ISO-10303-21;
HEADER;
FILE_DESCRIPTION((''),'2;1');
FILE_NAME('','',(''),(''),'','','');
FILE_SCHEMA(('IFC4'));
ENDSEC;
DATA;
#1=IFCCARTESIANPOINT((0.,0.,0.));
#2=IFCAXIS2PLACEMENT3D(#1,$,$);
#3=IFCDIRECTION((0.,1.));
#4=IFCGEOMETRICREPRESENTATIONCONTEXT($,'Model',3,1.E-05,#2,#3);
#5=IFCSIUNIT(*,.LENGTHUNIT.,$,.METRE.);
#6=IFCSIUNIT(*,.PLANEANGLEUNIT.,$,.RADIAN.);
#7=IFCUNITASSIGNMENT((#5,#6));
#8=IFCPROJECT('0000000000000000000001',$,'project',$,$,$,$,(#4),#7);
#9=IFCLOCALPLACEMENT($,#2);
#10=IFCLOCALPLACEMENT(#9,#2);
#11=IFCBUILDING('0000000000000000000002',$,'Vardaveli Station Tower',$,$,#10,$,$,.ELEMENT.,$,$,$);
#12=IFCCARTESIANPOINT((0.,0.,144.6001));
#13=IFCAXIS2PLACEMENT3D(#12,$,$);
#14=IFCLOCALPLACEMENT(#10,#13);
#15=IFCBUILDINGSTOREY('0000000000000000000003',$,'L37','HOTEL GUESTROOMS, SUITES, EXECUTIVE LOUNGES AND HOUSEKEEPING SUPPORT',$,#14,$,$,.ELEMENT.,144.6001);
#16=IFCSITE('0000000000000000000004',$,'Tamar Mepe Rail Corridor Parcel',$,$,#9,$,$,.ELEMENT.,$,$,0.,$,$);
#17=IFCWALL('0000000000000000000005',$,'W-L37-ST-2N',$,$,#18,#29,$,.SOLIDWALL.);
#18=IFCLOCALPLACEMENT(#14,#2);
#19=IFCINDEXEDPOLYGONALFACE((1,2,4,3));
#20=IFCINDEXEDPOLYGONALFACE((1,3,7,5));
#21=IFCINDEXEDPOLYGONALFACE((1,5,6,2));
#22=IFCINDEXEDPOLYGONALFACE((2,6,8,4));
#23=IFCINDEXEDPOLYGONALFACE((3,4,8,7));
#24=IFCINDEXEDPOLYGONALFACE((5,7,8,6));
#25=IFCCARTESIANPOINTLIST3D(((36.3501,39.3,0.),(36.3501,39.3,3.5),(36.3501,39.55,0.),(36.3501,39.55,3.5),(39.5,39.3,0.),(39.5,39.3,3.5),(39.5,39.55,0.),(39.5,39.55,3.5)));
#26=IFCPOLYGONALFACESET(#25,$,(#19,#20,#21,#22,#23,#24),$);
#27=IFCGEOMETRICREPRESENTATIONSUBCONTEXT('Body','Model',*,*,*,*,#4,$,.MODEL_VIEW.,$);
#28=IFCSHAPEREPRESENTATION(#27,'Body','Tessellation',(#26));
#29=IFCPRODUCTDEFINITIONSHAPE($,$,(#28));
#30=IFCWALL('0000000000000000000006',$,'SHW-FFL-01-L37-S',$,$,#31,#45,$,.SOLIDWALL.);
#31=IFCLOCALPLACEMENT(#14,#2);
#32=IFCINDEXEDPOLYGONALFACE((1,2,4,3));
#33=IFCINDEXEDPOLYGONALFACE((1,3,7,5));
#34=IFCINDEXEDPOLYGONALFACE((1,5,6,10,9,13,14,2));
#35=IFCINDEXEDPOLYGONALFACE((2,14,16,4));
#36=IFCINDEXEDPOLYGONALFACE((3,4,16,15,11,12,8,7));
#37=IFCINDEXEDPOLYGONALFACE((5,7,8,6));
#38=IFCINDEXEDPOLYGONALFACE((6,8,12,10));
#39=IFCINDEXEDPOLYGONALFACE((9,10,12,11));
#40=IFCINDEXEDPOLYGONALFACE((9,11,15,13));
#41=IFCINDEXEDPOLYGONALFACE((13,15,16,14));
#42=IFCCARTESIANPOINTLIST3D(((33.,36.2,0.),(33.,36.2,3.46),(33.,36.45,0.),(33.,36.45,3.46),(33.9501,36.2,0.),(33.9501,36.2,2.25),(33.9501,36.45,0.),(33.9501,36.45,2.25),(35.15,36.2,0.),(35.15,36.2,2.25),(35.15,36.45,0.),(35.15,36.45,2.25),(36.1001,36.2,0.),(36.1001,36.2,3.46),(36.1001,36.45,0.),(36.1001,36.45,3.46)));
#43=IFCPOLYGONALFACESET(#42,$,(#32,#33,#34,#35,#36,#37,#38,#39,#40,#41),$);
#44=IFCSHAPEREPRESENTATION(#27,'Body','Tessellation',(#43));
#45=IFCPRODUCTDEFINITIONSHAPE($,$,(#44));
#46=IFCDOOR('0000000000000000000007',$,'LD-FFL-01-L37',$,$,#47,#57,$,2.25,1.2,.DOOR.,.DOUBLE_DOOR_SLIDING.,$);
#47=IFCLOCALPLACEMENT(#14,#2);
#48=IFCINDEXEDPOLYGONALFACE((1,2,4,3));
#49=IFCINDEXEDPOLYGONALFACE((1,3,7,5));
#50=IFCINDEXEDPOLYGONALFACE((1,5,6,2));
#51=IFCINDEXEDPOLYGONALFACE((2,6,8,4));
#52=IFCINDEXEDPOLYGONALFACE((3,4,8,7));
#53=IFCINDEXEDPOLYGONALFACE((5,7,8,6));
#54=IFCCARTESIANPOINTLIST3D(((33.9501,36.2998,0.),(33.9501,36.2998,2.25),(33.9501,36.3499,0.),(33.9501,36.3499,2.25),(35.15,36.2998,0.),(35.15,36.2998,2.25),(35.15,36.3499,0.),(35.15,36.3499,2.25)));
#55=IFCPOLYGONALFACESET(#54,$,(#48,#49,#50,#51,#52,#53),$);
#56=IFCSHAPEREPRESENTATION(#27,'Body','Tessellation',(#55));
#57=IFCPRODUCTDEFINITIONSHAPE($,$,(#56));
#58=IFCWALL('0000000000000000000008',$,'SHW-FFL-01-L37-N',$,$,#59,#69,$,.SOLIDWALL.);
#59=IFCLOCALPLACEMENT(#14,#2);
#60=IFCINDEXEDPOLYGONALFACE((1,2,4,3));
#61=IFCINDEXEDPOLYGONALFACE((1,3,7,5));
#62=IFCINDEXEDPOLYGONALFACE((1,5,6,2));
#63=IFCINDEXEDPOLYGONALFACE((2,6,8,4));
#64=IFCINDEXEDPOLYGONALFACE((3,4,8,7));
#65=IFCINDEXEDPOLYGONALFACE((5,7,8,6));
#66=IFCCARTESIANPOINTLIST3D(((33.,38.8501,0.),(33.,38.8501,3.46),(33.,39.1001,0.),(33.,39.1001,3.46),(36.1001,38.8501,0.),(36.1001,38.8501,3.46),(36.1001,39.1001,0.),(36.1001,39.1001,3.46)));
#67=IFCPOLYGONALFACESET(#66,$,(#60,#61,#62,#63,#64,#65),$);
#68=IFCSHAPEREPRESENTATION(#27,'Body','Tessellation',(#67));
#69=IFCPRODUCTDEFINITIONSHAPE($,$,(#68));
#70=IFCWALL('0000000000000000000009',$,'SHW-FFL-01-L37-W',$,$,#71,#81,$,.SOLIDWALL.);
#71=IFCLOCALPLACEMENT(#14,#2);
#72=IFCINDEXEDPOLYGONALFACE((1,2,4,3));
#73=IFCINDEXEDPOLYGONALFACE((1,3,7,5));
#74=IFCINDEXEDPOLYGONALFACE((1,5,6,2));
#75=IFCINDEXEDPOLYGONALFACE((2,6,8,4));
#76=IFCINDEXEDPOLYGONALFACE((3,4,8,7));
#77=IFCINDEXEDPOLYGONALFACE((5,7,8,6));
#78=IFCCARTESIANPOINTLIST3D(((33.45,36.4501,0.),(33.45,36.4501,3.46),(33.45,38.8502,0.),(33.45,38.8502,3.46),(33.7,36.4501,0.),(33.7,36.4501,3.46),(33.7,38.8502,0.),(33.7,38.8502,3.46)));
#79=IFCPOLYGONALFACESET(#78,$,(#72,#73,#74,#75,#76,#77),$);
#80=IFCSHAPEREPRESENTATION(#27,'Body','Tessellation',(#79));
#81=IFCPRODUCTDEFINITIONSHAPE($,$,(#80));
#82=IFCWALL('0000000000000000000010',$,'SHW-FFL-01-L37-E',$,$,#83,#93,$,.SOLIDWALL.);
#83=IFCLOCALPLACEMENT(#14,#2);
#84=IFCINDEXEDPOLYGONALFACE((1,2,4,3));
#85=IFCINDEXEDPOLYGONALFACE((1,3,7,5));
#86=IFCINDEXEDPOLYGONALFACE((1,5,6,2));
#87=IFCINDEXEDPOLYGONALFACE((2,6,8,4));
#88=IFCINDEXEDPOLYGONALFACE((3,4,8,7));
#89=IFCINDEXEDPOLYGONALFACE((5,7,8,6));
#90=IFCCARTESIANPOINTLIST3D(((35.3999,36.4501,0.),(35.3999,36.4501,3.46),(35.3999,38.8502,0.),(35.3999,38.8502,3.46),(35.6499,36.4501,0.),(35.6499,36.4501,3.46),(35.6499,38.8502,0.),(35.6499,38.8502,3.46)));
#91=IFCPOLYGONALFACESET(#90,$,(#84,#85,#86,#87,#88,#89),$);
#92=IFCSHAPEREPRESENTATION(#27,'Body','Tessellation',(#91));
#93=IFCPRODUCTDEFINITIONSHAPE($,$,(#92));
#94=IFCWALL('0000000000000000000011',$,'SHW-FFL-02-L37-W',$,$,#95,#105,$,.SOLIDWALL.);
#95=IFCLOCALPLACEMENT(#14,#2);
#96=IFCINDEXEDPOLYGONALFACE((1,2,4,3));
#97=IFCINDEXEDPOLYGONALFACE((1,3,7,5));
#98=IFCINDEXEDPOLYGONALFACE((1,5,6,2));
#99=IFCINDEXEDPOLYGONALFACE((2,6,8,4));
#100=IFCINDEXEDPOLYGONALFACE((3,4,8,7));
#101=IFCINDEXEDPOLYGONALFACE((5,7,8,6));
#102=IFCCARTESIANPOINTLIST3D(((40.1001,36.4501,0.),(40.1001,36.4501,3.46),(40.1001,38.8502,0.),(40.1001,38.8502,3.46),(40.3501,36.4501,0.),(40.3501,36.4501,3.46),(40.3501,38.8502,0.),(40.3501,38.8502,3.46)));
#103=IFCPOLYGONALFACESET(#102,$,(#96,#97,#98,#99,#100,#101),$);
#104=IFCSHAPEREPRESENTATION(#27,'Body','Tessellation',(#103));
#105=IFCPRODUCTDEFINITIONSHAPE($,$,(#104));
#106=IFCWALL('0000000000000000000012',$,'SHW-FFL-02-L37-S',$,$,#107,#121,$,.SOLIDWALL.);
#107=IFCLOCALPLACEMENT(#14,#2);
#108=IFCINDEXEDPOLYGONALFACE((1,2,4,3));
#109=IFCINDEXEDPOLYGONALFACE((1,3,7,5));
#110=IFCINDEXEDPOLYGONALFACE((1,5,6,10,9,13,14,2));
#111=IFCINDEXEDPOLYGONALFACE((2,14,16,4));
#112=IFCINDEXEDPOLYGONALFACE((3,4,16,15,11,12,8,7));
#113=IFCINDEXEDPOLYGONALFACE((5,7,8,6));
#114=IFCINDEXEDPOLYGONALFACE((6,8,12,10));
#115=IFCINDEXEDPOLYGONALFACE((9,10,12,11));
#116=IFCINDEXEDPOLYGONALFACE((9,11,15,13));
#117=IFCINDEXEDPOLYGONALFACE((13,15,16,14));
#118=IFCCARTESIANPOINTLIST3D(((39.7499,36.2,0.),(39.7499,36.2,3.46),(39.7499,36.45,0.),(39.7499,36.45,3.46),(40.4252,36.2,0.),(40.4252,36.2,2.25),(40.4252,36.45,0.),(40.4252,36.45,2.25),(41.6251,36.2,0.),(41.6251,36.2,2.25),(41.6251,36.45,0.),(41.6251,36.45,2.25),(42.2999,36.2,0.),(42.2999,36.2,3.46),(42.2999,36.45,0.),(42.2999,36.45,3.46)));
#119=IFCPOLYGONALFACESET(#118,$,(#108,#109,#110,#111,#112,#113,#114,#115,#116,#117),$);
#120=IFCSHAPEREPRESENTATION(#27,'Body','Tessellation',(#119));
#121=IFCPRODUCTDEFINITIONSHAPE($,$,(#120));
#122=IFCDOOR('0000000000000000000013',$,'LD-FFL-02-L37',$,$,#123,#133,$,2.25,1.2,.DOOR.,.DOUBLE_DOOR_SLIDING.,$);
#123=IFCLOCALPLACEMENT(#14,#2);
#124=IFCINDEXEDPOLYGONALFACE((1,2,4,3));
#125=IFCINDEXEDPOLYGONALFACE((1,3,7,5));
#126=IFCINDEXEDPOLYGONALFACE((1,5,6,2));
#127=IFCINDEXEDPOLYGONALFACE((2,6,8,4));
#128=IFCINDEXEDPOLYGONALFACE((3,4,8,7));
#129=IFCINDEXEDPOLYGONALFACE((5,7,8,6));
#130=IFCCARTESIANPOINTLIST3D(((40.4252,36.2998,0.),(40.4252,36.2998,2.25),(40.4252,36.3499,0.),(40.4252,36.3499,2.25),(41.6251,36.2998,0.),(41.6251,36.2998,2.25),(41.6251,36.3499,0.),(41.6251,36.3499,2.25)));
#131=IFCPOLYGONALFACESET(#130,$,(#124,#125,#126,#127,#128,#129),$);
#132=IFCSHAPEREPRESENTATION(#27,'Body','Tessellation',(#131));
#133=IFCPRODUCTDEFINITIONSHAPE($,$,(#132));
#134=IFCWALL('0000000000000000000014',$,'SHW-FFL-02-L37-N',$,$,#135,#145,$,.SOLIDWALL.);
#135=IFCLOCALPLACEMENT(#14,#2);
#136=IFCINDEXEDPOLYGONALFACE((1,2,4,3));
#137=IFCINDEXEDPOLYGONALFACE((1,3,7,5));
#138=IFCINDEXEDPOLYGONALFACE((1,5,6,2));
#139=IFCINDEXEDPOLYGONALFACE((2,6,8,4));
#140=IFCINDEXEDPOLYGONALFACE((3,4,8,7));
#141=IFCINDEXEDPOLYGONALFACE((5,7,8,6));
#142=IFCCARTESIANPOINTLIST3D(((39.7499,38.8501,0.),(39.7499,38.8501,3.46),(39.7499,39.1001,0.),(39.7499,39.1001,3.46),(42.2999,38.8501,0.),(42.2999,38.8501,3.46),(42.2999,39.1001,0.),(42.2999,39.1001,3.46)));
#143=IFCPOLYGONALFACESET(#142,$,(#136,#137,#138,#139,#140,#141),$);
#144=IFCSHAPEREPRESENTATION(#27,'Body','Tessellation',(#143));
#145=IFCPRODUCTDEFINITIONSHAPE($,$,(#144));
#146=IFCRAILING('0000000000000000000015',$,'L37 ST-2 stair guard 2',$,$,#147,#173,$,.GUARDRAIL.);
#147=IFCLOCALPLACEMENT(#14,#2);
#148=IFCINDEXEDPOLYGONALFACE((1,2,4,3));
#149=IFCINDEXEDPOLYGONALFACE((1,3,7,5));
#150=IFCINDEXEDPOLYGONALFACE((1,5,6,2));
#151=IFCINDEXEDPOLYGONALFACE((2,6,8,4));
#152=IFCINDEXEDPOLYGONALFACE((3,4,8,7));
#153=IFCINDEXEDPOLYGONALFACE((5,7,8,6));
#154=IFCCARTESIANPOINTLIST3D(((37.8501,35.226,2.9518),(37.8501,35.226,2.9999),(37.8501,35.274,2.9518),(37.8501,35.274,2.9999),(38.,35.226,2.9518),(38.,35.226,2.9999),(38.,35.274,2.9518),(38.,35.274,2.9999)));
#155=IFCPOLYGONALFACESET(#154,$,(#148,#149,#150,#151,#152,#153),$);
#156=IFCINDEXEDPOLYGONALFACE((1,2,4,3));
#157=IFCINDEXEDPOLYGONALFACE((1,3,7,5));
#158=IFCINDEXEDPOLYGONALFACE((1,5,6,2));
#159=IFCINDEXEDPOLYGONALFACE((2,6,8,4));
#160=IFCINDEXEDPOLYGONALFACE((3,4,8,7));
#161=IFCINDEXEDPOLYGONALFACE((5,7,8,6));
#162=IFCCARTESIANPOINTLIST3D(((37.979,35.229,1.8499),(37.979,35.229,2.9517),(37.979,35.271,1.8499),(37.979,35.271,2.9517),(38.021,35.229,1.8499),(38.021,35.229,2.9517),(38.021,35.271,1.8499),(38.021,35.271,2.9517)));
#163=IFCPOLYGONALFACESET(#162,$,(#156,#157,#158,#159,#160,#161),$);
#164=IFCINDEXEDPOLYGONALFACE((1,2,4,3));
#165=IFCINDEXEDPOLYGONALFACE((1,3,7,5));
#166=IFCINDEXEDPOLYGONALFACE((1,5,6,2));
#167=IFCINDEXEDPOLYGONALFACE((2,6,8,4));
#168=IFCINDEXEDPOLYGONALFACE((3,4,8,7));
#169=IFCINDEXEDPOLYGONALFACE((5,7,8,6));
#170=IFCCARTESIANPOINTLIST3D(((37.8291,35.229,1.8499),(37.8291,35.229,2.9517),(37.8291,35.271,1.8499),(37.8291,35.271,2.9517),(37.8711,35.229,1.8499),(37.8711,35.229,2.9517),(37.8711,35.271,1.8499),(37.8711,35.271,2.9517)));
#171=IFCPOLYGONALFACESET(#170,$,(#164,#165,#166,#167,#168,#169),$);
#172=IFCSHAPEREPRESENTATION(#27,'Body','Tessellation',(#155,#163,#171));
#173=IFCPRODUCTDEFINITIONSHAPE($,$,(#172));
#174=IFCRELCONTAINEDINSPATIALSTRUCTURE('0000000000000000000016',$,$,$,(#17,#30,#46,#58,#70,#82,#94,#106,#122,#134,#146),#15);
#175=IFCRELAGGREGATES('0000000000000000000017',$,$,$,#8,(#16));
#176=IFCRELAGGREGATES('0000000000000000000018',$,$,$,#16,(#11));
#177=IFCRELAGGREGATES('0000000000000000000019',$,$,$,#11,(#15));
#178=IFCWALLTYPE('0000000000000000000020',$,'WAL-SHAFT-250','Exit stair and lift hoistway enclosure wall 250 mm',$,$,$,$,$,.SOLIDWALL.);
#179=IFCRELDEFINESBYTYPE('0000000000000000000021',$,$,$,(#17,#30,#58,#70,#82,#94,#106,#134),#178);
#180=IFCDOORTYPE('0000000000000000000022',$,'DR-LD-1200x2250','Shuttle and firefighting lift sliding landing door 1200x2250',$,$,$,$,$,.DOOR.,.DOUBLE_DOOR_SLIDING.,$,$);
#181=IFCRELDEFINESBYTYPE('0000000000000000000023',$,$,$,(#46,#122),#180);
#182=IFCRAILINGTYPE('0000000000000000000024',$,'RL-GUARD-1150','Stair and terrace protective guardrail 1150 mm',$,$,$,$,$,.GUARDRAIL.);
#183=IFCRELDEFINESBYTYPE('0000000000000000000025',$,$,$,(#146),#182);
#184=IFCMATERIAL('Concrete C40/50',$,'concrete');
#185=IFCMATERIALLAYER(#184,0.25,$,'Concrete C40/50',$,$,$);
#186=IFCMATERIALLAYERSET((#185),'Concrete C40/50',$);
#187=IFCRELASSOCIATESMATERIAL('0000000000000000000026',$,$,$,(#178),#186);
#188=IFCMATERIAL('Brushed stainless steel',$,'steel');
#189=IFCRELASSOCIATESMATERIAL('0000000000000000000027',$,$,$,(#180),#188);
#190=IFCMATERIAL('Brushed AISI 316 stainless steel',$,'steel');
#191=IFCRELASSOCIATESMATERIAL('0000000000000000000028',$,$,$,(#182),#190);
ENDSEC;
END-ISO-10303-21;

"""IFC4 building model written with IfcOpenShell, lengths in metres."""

from ifc_helpers import new_model, si_unit, direction, frame, frame_2d, origin, origin_2d, place, context, subcontext, project, spatial, rectangle, extrude, source, transform, mapped, material, layer, layer_set, type_object, element, fill, save


model = new_model("IFC4")

# Units and contexts
model_context = context("Model", 3, precision=1e-05, world=origin(), true_north=direction((0.0, 1.0)))
body_context = subcontext(model_context, "Body", "Model", "MODEL_VIEW")
ifc_project = project(units=[si_unit("LENGTHUNIT", "METRE"), si_unit("PLANEANGLEUNIT", "RADIAN")], contexts=[model_context])

# Site, building, storey
site_placement = place(None, origin())
site = spatial("IfcSite", under=ifc_project, at=site_placement, Name="Tamar Mepe Rail Corridor Parcel", CompositionType="ELEMENT", RefElevation=0.0)
building_placement = place(site_placement, origin())
building = spatial("IfcBuilding", under=site, at=building_placement, Name="Vardaveli Station Tower", CompositionType="ELEMENT")
storey_placement = place(building_placement, frame((0.0, 0.0, 144.6001)))
storey = spatial("IfcBuildingStorey", under=building, at=storey_placement, Name="L37", Description="HOTEL GUESTROOMS, SUITES, EXECUTIVE LOUNGES AND HOUSEKEEPING SUPPORT", CompositionType="ELEMENT", Elevation=144.6001)

# Wall
ifc_material_1 = material(Name="Concrete C40/50", Category="concrete")
ifc_layer_1 = layer(ifc_material_1, 0.25, Name="Concrete C40/50")
ifc_layer_set_1 = layer_set([ifc_layer_1], Name="Concrete C40/50")
wall_type = type_object("IfcWallType", Name="WAL-SHAFT-250", Description="Exit stair and lift hoistway enclosure wall 250 mm", PredefinedType="SOLIDWALL", material=ifc_layer_set_1)
shared_shape_1 = source(origin(), body_context, "Body", "SweptSolid", [
    extrude(rectangle(XDim=3.1499, YDim=0.25, at=frame_2d((1.575, 0.0))), origin(), (0.0, 0.0, 1.0), 3.5),
])
wall_1_placement = place(storey_placement, frame((36.3501, 39.425, 0.0), z_axis=(0.0, 0.0, 1.0), x_axis=(1.0, 0.0, 0.0)))
element("IfcWall", 1, at=wall_1_placement, inside=storey, type_object=wall_type, Name="W-L37-ST-2N", PredefinedType="SOLIDWALL", context=body_context, shape_type="MappedRepresentation", body=[
    mapped(shared_shape_1, transform((0.0, 0.0, 0.0), scale=1.0)),
])

# Wall, opening, door
shared_shape_2 = source(origin(), body_context, "Body", "SweptSolid", [
    extrude(rectangle(XDim=3.1001, YDim=0.25, at=frame_2d((1.55, 0.0))), origin(), (0.0, 0.0, 1.0), 3.46),
])
wall_2_placement = place(storey_placement, frame((33.0, 36.325, 0.0), z_axis=(0.0, 0.0, 1.0), x_axis=(1.0, 0.0, 0.0)))
wall_2 = element("IfcWall", 2, at=wall_2_placement, inside=storey, type_object=wall_type, Name="SHW-FFL-01-L37-S", PredefinedType="SOLIDWALL", context=body_context, shape_type="MappedRepresentation", body=[
    mapped(shared_shape_2, transform((0.0, 0.0, 0.0), scale=1.0)),
])
shared_shape_3 = source(origin(), body_context, "Body", "SweptSolid", [
    extrude(rectangle(XDim=1.2, YDim=2.25, at=frame_2d((0.6001, 1.125))), frame((0.0, 0.135, 0.0), z_axis=(0.0, -1.0, 0.0), x_axis=(1.0, 0.0, 0.0)), (0.0, 0.0, 1.0), 0.27),
])
opening_1_placement = place(wall_2_placement, frame((0.95, 0.0, 0.0)))
opening_1 = element("IfcOpeningElement", 3, at=opening_1_placement, cuts=wall_2, PredefinedType="OPENING", context=body_context, shape_type="MappedRepresentation", body=[
    mapped(shared_shape_3, transform((0.0, 0.0, 0.0), scale=1.0)),
])
ifc_material_2 = material(Name="Brushed stainless steel", Category="steel")
door_type = type_object("IfcDoorType", Name="DR-LD-1200x2250", Description="Shuttle and firefighting lift sliding landing door 1200x2250", OperationType="DOUBLE_DOOR_SLIDING", PredefinedType="DOOR", material=ifc_material_2)
shared_shape_4 = source(origin(), body_context, "Body", "SweptSolid", [
    extrude(rectangle(XDim=1.2, YDim=2.25, at=frame_2d((0.6001, 1.125))), frame((0.0, 0.0249, 0.0), z_axis=(0.0, -1.0, 0.0), x_axis=(1.0, 0.0, 0.0)), (0.0, 0.0, 1.0), 0.05),
])
door_1_placement = place(opening_1_placement, origin())
door_1 = element("IfcDoor", 4, at=door_1_placement, inside=storey, type_object=door_type, Name="LD-FFL-01-L37", OperationType="DOUBLE_DOOR_SLIDING", OverallHeight=2.25, OverallWidth=1.2, PredefinedType="DOOR", context=body_context, shape_type="MappedRepresentation", body=[
    mapped(shared_shape_4, transform((0.0, 0.0, 0.0), scale=1.0)),
])
fill(opening_1, door_1)

# Walls
wall_3_placement = place(storey_placement, frame((33.0, 38.9751, 0.0), z_axis=(0.0, 0.0, 1.0), x_axis=(1.0, 0.0, 0.0)))
element("IfcWall", 5, at=wall_3_placement, inside=storey, type_object=wall_type, Name="SHW-FFL-01-L37-N", PredefinedType="SOLIDWALL", context=body_context, shape_type="MappedRepresentation", body=[
    mapped(shared_shape_2, transform((0.0, 0.0, 0.0), scale=1.0)),
])
shared_shape_5 = source(origin(), body_context, "Body", "SweptSolid", [
    extrude(rectangle(XDim=2.4001, YDim=0.25, at=frame_2d((1.2002, 0.0))), origin(), (0.0, 0.0, 1.0), 3.46),
])
for number, where, z_axis, x_axis, name in (
    (6, (33.575, 36.45, 0.0), (0.0, 0.0, 1.0), (0.0, 1.0, 0.0), "SHW-FFL-01-L37-W"),
    (7, (35.5249, 36.45, 0.0), (0.0, 0.0, 1.0), (0.0, 1.0, 0.0), "SHW-FFL-01-L37-E"),
    (8, (40.2251, 36.45, 0.0), (0.0, 0.0, 1.0), (0.0, 1.0, 0.0), "SHW-FFL-02-L37-W"),
):
    element("IfcWall", number, at=place(storey_placement, frame(where, z_axis=z_axis, x_axis=x_axis)), inside=storey, type_object=wall_type, Name=name, PredefinedType="SOLIDWALL", context=body_context, shape_type="MappedRepresentation", body=[
        mapped(shared_shape_5, transform((0.0, 0.0, 0.0), scale=1.0)),
    ])

# Wall, opening, door
shared_shape_6 = source(origin(), body_context, "Body", "SweptSolid", [
    extrude(rectangle(XDim=2.55, YDim=0.25, at=frame_2d((1.2749, 0.0))), origin(), (0.0, 0.0, 1.0), 3.46),
])
wall_4_placement = place(storey_placement, frame((39.75, 36.325, 0.0), z_axis=(0.0, 0.0, 1.0), x_axis=(1.0, 0.0, 0.0)))
wall_4 = element("IfcWall", 9, at=wall_4_placement, inside=storey, type_object=wall_type, Name="SHW-FFL-02-L37-S", PredefinedType="SOLIDWALL", context=body_context, shape_type="MappedRepresentation", body=[
    mapped(shared_shape_6, transform((0.0, 0.0, 0.0), scale=1.0)),
])
opening_2_placement = place(wall_4_placement, frame((0.675, 0.0, 0.0)))
opening_2 = element("IfcOpeningElement", 10, at=opening_2_placement, cuts=wall_4, PredefinedType="OPENING", context=body_context, shape_type="MappedRepresentation", body=[
    mapped(shared_shape_3, transform((0.0, 0.0, 0.0), scale=1.0)),
])
door_2_placement = place(opening_2_placement, origin())
door_2 = element("IfcDoor", 11, at=door_2_placement, inside=storey, type_object=door_type, Name="LD-FFL-02-L37", OperationType="DOUBLE_DOOR_SLIDING", OverallHeight=2.25, OverallWidth=1.2, PredefinedType="DOOR", context=body_context, shape_type="MappedRepresentation", body=[
    mapped(shared_shape_4, transform((0.0, 0.0, 0.0), scale=1.0)),
])
fill(opening_2, door_2)

# Wall
wall_5_placement = place(storey_placement, frame((39.75, 38.9751, 0.0), z_axis=(0.0, 0.0, 1.0), x_axis=(1.0, 0.0, 0.0)))
element("IfcWall", 12, at=wall_5_placement, inside=storey, type_object=wall_type, Name="SHW-FFL-02-L37-N", PredefinedType="SOLIDWALL", context=body_context, shape_type="MappedRepresentation", body=[
    mapped(shared_shape_6, transform((0.0, 0.0, 0.0), scale=1.0)),
])

# Railing
ifc_material_3 = material(Name="Brushed AISI 316 stainless steel", Category="steel")
railing_type = type_object("IfcRailingType", Name="RL-GUARD-1150", Description="Stair and terrace protective guardrail 1150 mm", PredefinedType="GUARDRAIL", material=ifc_material_3)
shared_shape_7 = source(origin(), body_context, "Body", "SweptSolid", [
    extrude(rectangle(XDim=0.0481, YDim=0.0481, at=origin_2d()), frame((0.0, 0.0, 1.126), z_axis=(-1.0, 0.0, 0.0), x_axis=(0.0, -1.0, 0.0)), (0.0, 0.0, 1.0), 0.1499),
    extrude(rectangle(XDim=0.042, YDim=0.042, at=origin_2d()), origin(), (0.0, 0.0, 1.0), 1.1018),
    extrude(rectangle(XDim=0.042, YDim=0.042, at=origin_2d()), frame((-0.1499, 0.0, 0.0)), (0.0, 0.0, 1.0), 1.1018),
])
railing_placement = place(storey_placement, frame((38.0, 35.25, 1.8499)))
element("IfcRailing", 13, at=railing_placement, inside=storey, type_object=railing_type, Name="L37 ST-2 stair guard 2", PredefinedType="GUARDRAIL", context=body_context, shape_type="MappedRepresentation", body=[
    mapped(shared_shape_7, transform((0.0, 0.0, 0.0), scale=1.0)),
])

save(model, "model.ifc")
